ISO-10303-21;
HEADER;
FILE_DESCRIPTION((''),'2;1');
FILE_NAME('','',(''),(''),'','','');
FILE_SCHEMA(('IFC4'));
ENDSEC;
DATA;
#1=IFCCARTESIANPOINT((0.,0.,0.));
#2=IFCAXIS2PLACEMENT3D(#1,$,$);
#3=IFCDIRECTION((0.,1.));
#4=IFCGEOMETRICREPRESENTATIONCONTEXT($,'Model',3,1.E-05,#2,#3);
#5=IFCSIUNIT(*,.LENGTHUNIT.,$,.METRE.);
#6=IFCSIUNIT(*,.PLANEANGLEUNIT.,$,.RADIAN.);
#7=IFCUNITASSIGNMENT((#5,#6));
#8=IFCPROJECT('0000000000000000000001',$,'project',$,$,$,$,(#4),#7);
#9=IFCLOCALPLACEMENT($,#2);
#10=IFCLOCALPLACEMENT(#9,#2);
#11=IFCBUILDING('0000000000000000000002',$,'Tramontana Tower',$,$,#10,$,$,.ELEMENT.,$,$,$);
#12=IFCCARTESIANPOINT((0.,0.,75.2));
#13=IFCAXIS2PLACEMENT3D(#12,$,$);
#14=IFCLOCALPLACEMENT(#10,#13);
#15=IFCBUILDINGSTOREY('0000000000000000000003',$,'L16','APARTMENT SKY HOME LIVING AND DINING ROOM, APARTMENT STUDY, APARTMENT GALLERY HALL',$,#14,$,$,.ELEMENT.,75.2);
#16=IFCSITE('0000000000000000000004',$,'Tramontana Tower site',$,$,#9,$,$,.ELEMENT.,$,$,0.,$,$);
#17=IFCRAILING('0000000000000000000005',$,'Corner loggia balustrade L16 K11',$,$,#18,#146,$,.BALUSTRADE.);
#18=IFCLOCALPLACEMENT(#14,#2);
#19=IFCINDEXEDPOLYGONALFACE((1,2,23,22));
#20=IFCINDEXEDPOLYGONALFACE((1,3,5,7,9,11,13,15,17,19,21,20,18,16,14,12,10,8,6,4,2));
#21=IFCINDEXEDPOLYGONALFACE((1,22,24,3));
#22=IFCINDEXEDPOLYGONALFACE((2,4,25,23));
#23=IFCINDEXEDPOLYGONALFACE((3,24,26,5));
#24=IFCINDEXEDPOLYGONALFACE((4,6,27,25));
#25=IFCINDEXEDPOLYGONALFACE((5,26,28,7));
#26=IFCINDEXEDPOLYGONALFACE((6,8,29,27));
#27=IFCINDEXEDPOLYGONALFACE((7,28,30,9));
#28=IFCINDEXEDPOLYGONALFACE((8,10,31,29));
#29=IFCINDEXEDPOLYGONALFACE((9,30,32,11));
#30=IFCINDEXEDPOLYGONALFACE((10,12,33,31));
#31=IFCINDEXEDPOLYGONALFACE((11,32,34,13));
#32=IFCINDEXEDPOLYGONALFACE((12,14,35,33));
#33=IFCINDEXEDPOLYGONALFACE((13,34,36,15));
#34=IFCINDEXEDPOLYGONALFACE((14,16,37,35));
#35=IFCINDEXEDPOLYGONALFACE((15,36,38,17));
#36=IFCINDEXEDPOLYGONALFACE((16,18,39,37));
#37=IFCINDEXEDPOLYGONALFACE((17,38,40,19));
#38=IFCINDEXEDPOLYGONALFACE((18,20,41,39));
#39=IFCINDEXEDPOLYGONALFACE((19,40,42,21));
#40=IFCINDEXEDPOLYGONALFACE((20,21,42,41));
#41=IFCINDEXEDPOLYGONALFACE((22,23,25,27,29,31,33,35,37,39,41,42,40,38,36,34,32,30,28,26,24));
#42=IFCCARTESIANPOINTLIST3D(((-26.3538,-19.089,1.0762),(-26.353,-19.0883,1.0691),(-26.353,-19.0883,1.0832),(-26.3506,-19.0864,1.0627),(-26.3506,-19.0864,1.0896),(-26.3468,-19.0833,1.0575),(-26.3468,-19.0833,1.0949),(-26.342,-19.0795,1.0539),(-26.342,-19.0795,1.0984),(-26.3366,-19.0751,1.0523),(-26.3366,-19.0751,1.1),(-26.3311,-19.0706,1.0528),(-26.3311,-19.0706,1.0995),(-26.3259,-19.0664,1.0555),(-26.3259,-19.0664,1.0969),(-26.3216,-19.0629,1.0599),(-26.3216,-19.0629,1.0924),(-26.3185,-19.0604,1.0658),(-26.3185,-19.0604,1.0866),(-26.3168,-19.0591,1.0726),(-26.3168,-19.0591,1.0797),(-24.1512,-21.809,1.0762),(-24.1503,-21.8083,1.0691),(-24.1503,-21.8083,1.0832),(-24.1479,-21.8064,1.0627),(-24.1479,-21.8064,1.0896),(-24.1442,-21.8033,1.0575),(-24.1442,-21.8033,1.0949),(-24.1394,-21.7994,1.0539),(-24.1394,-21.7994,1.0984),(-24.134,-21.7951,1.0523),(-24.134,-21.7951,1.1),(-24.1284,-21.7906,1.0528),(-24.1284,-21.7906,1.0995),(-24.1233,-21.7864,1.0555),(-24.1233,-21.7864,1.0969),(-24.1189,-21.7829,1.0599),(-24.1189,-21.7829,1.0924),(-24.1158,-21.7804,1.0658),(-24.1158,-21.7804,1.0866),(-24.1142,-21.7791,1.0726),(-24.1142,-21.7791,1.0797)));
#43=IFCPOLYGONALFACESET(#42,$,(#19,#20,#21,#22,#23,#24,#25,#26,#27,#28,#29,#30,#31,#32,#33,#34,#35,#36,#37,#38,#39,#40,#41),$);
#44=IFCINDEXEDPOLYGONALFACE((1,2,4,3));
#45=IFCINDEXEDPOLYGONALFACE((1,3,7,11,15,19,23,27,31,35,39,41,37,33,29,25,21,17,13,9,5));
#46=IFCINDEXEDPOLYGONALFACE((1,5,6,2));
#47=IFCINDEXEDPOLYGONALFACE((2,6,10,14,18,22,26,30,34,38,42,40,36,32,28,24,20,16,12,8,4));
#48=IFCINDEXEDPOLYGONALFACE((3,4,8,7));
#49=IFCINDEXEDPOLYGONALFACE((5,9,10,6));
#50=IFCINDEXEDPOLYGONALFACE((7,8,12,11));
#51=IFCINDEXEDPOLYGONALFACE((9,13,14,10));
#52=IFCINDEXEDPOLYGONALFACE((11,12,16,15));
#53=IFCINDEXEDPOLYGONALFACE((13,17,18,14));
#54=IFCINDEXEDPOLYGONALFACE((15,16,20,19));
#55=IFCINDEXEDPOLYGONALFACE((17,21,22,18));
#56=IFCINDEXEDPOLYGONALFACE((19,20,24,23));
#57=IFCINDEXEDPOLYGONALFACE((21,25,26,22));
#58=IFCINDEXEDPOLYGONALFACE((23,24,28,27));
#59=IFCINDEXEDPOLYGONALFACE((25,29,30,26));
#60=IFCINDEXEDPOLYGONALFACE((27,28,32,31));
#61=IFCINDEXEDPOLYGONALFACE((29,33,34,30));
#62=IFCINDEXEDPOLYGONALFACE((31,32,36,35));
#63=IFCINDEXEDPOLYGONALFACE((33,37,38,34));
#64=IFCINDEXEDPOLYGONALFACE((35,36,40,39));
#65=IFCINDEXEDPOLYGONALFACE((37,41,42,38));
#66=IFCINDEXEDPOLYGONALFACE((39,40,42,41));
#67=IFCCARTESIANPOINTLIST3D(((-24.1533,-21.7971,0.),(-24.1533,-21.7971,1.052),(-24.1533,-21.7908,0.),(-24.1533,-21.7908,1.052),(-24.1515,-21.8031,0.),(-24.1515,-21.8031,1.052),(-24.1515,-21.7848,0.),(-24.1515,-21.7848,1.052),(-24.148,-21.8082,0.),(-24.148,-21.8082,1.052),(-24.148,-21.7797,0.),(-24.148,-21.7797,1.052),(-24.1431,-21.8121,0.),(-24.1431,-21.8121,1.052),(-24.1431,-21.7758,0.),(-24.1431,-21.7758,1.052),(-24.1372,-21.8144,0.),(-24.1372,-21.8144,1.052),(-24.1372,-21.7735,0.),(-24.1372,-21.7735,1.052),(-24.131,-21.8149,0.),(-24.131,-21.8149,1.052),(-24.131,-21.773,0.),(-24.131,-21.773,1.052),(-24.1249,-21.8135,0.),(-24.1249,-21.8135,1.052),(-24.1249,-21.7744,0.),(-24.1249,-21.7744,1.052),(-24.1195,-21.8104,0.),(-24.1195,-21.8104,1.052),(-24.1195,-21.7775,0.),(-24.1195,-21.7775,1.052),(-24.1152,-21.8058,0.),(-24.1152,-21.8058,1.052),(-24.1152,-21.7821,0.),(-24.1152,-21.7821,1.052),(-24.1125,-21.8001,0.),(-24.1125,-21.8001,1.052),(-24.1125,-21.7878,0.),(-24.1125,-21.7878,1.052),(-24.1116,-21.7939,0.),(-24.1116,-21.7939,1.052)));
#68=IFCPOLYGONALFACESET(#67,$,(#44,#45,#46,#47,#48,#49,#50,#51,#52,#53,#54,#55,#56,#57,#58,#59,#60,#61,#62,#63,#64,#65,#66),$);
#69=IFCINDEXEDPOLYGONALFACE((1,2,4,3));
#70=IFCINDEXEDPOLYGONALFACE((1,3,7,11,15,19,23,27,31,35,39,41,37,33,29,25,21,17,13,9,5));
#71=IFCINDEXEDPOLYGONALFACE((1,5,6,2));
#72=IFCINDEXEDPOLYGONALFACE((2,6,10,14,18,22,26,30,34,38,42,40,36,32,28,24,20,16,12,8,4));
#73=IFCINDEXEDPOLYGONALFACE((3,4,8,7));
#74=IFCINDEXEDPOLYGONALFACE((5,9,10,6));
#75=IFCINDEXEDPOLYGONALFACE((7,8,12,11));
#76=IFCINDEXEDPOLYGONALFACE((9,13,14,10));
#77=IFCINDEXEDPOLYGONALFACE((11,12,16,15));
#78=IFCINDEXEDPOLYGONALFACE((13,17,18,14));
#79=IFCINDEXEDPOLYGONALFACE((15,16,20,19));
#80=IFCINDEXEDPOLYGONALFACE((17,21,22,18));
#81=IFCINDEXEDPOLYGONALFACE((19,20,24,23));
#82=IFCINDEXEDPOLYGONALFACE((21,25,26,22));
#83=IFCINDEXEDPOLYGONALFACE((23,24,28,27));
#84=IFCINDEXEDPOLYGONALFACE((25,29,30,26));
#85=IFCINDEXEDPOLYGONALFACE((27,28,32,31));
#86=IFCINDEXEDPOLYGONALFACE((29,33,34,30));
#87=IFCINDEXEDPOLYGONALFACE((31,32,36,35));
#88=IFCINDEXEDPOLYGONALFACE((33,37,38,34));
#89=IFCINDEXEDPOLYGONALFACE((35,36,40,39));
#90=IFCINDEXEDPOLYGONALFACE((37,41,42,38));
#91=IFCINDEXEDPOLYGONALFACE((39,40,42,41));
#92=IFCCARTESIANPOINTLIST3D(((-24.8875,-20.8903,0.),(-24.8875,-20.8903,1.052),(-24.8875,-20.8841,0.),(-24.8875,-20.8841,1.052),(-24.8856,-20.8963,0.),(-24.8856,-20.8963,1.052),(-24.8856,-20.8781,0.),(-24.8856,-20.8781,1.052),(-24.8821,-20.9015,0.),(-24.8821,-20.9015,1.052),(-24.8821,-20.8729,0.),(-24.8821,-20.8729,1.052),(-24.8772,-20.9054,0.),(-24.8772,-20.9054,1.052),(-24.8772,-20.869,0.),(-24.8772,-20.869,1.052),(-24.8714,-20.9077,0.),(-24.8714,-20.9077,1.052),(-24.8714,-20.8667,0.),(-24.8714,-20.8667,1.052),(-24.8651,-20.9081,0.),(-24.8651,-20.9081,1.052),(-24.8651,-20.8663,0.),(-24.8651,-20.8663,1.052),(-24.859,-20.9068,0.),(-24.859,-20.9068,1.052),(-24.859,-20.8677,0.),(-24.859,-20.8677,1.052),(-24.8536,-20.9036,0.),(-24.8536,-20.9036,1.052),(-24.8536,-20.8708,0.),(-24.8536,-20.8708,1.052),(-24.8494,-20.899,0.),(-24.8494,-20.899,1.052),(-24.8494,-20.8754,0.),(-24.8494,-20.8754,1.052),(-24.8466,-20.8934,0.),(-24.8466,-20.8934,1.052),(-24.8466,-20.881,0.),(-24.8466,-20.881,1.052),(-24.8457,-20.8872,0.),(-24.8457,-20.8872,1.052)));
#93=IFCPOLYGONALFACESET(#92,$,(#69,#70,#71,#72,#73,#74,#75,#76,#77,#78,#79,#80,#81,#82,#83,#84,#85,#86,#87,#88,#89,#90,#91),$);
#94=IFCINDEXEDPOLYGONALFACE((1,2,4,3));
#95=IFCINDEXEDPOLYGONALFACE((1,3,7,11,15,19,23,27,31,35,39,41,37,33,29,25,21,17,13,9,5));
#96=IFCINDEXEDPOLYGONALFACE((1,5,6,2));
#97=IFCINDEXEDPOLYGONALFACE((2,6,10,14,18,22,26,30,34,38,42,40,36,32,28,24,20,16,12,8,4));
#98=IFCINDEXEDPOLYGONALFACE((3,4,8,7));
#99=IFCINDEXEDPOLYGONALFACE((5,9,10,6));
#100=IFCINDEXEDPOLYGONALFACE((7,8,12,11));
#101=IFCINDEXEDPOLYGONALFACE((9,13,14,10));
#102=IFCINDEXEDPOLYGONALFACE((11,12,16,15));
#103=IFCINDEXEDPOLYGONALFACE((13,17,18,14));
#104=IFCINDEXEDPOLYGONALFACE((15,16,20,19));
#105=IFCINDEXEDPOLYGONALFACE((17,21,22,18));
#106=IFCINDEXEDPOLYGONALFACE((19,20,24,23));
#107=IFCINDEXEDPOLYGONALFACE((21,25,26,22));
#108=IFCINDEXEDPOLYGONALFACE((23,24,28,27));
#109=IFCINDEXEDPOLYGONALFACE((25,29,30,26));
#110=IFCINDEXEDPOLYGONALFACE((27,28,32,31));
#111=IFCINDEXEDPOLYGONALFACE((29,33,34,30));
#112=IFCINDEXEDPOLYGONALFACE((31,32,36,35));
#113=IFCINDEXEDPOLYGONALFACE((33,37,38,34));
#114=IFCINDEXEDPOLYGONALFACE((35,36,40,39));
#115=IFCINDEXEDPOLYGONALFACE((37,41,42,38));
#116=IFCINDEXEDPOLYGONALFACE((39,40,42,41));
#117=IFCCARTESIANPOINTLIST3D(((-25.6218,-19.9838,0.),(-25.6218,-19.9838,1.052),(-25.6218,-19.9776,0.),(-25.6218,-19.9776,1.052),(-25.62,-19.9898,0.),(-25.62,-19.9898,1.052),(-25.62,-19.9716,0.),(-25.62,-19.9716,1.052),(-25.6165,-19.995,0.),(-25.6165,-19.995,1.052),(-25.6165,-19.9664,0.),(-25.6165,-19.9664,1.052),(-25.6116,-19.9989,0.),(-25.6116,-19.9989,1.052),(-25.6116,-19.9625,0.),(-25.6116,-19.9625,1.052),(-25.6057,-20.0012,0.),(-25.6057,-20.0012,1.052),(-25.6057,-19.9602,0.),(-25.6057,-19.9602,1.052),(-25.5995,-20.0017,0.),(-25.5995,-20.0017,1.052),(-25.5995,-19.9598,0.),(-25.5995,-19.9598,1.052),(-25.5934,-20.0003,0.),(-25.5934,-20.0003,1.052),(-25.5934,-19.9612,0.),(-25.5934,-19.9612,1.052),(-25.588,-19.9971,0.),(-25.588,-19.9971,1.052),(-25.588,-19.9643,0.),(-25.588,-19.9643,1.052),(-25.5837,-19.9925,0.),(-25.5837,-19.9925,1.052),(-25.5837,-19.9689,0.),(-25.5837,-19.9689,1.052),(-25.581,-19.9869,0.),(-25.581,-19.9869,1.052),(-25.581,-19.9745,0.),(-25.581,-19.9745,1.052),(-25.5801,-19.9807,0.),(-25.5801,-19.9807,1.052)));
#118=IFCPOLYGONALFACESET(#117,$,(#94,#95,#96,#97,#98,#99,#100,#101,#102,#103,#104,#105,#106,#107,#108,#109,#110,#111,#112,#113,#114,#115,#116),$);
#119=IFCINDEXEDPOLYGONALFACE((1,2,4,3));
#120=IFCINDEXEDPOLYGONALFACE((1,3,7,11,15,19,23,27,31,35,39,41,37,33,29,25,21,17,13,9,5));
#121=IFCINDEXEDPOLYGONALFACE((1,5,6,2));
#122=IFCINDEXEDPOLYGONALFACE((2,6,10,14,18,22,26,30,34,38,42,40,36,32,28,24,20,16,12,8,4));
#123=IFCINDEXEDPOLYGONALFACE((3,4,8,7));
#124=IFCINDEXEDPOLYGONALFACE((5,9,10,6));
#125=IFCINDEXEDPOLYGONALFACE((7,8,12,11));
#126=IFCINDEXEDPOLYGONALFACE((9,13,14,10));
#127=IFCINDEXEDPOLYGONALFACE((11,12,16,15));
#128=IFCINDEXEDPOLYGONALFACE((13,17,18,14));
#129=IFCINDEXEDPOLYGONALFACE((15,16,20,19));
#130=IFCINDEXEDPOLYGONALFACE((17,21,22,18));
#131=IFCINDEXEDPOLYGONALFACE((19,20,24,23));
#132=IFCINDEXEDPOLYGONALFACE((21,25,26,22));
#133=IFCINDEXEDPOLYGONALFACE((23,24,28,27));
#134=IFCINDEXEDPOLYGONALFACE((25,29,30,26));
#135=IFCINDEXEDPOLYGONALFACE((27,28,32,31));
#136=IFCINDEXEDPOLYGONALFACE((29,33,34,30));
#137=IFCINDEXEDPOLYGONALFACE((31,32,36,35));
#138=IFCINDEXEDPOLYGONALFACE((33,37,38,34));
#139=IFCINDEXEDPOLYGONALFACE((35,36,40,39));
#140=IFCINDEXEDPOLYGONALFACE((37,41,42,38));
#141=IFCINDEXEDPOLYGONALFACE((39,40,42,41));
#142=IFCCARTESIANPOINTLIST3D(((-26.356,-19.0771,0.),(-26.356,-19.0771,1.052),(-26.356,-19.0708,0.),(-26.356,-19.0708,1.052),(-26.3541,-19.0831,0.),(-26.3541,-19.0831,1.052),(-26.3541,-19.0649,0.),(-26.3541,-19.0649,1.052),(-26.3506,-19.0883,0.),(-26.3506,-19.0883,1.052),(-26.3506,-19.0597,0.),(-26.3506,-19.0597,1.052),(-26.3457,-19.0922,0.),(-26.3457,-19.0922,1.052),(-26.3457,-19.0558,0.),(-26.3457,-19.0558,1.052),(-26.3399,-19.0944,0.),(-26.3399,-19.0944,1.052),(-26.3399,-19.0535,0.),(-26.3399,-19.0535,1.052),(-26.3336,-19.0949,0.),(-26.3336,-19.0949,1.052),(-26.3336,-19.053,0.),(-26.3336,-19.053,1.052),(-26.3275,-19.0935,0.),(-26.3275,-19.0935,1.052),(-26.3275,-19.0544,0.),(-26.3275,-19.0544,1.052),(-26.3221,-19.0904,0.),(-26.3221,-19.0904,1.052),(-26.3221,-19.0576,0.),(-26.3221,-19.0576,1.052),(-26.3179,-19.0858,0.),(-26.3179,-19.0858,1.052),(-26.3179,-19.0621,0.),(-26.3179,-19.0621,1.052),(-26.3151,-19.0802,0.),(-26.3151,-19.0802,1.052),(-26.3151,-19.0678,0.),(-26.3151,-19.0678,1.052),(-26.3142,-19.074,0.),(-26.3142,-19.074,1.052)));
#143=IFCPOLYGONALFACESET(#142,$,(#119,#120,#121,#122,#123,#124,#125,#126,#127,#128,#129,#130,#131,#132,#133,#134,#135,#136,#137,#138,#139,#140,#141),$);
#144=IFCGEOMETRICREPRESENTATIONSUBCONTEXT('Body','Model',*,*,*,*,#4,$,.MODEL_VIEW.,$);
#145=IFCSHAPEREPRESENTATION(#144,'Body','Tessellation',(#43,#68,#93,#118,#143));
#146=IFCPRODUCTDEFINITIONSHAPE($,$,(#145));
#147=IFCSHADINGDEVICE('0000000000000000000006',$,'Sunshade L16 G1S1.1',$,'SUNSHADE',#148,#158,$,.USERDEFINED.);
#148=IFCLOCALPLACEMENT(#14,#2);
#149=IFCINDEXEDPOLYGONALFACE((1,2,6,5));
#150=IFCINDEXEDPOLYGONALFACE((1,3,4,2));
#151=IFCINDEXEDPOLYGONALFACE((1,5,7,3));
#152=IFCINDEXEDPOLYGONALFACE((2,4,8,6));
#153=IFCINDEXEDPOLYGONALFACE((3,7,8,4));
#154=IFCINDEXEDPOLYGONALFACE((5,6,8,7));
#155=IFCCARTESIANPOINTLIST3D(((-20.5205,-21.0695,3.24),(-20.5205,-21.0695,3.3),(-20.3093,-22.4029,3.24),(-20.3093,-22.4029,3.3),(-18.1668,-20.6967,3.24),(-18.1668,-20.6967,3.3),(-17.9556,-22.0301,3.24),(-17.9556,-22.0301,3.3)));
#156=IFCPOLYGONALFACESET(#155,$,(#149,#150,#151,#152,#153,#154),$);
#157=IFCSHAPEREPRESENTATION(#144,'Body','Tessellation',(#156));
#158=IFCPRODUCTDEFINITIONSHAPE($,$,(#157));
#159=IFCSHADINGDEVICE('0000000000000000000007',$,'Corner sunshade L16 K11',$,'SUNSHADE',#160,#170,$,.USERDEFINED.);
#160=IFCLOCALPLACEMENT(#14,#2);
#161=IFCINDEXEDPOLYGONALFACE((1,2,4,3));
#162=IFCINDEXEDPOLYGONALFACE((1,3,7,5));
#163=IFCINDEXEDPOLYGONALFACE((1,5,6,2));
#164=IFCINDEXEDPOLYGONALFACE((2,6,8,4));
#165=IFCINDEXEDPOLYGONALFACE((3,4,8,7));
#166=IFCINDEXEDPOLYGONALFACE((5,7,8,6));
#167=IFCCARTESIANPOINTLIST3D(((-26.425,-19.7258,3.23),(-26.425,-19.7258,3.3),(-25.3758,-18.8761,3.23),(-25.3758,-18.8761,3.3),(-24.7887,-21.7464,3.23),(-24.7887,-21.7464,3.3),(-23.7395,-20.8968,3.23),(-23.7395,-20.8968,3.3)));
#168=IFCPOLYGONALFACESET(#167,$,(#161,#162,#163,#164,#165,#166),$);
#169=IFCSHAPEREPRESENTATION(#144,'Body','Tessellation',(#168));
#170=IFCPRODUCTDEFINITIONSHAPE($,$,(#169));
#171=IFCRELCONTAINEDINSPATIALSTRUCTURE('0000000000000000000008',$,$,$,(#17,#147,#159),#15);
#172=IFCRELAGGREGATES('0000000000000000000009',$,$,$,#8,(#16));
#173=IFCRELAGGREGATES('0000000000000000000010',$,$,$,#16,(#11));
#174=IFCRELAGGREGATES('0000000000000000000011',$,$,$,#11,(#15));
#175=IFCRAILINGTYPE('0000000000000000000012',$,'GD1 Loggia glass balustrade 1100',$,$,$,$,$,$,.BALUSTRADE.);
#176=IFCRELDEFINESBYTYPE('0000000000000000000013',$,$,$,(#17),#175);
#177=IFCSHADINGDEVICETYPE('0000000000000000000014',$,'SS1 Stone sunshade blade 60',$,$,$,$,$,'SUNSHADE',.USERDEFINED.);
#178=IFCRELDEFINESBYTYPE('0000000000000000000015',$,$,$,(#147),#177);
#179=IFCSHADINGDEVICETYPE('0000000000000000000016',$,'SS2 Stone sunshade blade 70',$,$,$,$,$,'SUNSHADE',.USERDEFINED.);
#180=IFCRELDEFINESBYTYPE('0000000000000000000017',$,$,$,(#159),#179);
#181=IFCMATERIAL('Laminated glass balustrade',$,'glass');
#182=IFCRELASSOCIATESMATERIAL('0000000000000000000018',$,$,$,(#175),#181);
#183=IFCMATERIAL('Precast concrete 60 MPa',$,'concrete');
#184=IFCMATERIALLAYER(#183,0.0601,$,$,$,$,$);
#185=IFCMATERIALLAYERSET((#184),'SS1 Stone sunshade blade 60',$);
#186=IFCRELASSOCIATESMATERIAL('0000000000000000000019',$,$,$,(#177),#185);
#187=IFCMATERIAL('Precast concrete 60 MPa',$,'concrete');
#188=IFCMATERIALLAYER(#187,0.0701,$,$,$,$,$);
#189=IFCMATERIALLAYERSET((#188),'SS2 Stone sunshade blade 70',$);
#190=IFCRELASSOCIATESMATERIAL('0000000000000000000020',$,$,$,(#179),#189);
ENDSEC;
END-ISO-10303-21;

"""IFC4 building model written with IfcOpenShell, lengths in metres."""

from ifc_helpers import new_model, si_unit, direction, frame, origin, origin_2d, place, context, subcontext, project, spatial, rectangle, circle, extrude, material, layer, layer_set, type_object, element, save


model = new_model("IFC4")

# Units and contexts
model_context = context("Model", 3, precision=1e-05, world=origin(), true_north=direction((0.0, 1.0)))
body_context = subcontext(model_context, "Body", "Model", "MODEL_VIEW")
ifc_project = project(units=[si_unit("LENGTHUNIT", "METRE"), si_unit("PLANEANGLEUNIT", "RADIAN")], contexts=[model_context])

# Site, building, storey
site_placement = place(None, origin())
site = spatial("IfcSite", under=ifc_project, at=site_placement, Name="Tramontana Tower site", CompositionType="ELEMENT", RefElevation=0.0)
building_placement = place(site_placement, origin())
building = spatial("IfcBuilding", under=site, at=building_placement, Name="Tramontana Tower", CompositionType="ELEMENT")
storey_placement = place(building_placement, frame((0.0, 0.0, 75.2)))
storey = spatial("IfcBuildingStorey", under=building, at=storey_placement, Name="L16", Description="APARTMENT SKY HOME LIVING AND DINING ROOM, APARTMENT STUDY, APARTMENT GALLERY HALL", CompositionType="ELEMENT", Elevation=75.2)

# Railing
ifc_material_1 = material(Name="Laminated glass balustrade", Category="glass")
railing_type = type_object("IfcRailingType", Name="GD1 Loggia glass balustrade 1100", PredefinedType="BALUSTRADE", material=ifc_material_1)
railing_1_placement = place(storey_placement, frame((-24.1326, -21.7939, 0.0)))
element("IfcRailing", 1, at=railing_1_placement, inside=storey, type_object=railing_type, Name="Corner loggia balustrade L16 K11", PredefinedType="BALUSTRADE", context=body_context, shape_type="SweptSolid", body=[
    extrude(circle(Radius=0.0239, at=origin_2d()), frame((0.0, 0.0, 1.0762), z_axis=(-0.629329, 0.777139, 0.0), x_axis=(-0.777139, -0.629329, 0.0)), (0.0, 0.0, 1.0), 3.5),
    extrude(circle(Radius=0.021, at=origin_2d()), origin(), (0.0, 0.0, 1.0), 1.052),
    extrude(circle(Radius=0.021, at=origin_2d()), frame((-0.7341, 0.9067, 0.0)), (0.0, 0.0, 1.0), 1.052),
    extrude(circle(Radius=0.021, at=origin_2d()), frame((-1.4685, 1.8132, 0.0)), (0.0, 0.0, 1.0), 1.052),
    extrude(circle(Radius=0.021, at=origin_2d()), frame((-2.2026, 2.72, 0.0)), (0.0, 0.0, 1.0), 1.052),
])

# Shading devices
ifc_material_2 = material(Name="Precast concrete 60 MPa", Category="concrete")
ifc_layer_1 = layer(ifc_material_2, 0.0601)
ifc_layer_set_1 = layer_set([ifc_layer_1], Name="SS1 Stone sunshade blade 60")
shading_device_type_1 = type_object("IfcShadingDeviceType", Name="SS1 Stone sunshade blade 60", ElementType="SUNSHADE", PredefinedType="USERDEFINED", material=ifc_layer_set_1)
shading_device_1_placement = place(storey_placement, frame((-19.238, -21.5498, 3.24), z_axis=(0.0, 0.0, 1.0), x_axis=(0.987688, 0.156434, 0.0)))
element("IfcShadingDevice", 2, at=shading_device_1_placement, inside=storey, type_object=shading_device_type_1, Name="Sunshade L16 G1S1.1", ObjectType="SUNSHADE", PredefinedType="USERDEFINED", context=body_context, shape_type="SweptSolid", body=[
    extrude(rectangle(XDim=2.3831, YDim=1.3501, at=origin_2d()), origin(), (0.0, 0.0, 1.0), 0.0601),
])
ifc_material_3 = material(Name="Precast concrete 60 MPa", Category="concrete")
ifc_layer_2 = layer(ifc_material_3, 0.0701)
ifc_layer_set_2 = layer_set([ifc_layer_2], Name="SS2 Stone sunshade blade 70")
shading_device_type_2 = type_object("IfcShadingDeviceType", Name="SS2 Stone sunshade blade 70", ElementType="SUNSHADE", PredefinedType="USERDEFINED", material=ifc_layer_set_2)
shading_device_2_placement = place(storey_placement, frame((-25.0823, -20.3113, 3.23), z_axis=(0.0, 0.0, 1.0), x_axis=(-0.62932, 0.777146, 0.0)))
element("IfcShadingDevice", 3, at=shading_device_2_placement, inside=storey, type_object=shading_device_type_2, Name="Corner sunshade L16 K11", ObjectType="SUNSHADE", PredefinedType="USERDEFINED", context=body_context, shape_type="SweptSolid", body=[
    extrude(rectangle(XDim=2.6001, YDim=1.3501, at=origin_2d()), origin(), (0.0, 0.0, 1.0), 0.0701),
])

save(model, "model.ifc")
